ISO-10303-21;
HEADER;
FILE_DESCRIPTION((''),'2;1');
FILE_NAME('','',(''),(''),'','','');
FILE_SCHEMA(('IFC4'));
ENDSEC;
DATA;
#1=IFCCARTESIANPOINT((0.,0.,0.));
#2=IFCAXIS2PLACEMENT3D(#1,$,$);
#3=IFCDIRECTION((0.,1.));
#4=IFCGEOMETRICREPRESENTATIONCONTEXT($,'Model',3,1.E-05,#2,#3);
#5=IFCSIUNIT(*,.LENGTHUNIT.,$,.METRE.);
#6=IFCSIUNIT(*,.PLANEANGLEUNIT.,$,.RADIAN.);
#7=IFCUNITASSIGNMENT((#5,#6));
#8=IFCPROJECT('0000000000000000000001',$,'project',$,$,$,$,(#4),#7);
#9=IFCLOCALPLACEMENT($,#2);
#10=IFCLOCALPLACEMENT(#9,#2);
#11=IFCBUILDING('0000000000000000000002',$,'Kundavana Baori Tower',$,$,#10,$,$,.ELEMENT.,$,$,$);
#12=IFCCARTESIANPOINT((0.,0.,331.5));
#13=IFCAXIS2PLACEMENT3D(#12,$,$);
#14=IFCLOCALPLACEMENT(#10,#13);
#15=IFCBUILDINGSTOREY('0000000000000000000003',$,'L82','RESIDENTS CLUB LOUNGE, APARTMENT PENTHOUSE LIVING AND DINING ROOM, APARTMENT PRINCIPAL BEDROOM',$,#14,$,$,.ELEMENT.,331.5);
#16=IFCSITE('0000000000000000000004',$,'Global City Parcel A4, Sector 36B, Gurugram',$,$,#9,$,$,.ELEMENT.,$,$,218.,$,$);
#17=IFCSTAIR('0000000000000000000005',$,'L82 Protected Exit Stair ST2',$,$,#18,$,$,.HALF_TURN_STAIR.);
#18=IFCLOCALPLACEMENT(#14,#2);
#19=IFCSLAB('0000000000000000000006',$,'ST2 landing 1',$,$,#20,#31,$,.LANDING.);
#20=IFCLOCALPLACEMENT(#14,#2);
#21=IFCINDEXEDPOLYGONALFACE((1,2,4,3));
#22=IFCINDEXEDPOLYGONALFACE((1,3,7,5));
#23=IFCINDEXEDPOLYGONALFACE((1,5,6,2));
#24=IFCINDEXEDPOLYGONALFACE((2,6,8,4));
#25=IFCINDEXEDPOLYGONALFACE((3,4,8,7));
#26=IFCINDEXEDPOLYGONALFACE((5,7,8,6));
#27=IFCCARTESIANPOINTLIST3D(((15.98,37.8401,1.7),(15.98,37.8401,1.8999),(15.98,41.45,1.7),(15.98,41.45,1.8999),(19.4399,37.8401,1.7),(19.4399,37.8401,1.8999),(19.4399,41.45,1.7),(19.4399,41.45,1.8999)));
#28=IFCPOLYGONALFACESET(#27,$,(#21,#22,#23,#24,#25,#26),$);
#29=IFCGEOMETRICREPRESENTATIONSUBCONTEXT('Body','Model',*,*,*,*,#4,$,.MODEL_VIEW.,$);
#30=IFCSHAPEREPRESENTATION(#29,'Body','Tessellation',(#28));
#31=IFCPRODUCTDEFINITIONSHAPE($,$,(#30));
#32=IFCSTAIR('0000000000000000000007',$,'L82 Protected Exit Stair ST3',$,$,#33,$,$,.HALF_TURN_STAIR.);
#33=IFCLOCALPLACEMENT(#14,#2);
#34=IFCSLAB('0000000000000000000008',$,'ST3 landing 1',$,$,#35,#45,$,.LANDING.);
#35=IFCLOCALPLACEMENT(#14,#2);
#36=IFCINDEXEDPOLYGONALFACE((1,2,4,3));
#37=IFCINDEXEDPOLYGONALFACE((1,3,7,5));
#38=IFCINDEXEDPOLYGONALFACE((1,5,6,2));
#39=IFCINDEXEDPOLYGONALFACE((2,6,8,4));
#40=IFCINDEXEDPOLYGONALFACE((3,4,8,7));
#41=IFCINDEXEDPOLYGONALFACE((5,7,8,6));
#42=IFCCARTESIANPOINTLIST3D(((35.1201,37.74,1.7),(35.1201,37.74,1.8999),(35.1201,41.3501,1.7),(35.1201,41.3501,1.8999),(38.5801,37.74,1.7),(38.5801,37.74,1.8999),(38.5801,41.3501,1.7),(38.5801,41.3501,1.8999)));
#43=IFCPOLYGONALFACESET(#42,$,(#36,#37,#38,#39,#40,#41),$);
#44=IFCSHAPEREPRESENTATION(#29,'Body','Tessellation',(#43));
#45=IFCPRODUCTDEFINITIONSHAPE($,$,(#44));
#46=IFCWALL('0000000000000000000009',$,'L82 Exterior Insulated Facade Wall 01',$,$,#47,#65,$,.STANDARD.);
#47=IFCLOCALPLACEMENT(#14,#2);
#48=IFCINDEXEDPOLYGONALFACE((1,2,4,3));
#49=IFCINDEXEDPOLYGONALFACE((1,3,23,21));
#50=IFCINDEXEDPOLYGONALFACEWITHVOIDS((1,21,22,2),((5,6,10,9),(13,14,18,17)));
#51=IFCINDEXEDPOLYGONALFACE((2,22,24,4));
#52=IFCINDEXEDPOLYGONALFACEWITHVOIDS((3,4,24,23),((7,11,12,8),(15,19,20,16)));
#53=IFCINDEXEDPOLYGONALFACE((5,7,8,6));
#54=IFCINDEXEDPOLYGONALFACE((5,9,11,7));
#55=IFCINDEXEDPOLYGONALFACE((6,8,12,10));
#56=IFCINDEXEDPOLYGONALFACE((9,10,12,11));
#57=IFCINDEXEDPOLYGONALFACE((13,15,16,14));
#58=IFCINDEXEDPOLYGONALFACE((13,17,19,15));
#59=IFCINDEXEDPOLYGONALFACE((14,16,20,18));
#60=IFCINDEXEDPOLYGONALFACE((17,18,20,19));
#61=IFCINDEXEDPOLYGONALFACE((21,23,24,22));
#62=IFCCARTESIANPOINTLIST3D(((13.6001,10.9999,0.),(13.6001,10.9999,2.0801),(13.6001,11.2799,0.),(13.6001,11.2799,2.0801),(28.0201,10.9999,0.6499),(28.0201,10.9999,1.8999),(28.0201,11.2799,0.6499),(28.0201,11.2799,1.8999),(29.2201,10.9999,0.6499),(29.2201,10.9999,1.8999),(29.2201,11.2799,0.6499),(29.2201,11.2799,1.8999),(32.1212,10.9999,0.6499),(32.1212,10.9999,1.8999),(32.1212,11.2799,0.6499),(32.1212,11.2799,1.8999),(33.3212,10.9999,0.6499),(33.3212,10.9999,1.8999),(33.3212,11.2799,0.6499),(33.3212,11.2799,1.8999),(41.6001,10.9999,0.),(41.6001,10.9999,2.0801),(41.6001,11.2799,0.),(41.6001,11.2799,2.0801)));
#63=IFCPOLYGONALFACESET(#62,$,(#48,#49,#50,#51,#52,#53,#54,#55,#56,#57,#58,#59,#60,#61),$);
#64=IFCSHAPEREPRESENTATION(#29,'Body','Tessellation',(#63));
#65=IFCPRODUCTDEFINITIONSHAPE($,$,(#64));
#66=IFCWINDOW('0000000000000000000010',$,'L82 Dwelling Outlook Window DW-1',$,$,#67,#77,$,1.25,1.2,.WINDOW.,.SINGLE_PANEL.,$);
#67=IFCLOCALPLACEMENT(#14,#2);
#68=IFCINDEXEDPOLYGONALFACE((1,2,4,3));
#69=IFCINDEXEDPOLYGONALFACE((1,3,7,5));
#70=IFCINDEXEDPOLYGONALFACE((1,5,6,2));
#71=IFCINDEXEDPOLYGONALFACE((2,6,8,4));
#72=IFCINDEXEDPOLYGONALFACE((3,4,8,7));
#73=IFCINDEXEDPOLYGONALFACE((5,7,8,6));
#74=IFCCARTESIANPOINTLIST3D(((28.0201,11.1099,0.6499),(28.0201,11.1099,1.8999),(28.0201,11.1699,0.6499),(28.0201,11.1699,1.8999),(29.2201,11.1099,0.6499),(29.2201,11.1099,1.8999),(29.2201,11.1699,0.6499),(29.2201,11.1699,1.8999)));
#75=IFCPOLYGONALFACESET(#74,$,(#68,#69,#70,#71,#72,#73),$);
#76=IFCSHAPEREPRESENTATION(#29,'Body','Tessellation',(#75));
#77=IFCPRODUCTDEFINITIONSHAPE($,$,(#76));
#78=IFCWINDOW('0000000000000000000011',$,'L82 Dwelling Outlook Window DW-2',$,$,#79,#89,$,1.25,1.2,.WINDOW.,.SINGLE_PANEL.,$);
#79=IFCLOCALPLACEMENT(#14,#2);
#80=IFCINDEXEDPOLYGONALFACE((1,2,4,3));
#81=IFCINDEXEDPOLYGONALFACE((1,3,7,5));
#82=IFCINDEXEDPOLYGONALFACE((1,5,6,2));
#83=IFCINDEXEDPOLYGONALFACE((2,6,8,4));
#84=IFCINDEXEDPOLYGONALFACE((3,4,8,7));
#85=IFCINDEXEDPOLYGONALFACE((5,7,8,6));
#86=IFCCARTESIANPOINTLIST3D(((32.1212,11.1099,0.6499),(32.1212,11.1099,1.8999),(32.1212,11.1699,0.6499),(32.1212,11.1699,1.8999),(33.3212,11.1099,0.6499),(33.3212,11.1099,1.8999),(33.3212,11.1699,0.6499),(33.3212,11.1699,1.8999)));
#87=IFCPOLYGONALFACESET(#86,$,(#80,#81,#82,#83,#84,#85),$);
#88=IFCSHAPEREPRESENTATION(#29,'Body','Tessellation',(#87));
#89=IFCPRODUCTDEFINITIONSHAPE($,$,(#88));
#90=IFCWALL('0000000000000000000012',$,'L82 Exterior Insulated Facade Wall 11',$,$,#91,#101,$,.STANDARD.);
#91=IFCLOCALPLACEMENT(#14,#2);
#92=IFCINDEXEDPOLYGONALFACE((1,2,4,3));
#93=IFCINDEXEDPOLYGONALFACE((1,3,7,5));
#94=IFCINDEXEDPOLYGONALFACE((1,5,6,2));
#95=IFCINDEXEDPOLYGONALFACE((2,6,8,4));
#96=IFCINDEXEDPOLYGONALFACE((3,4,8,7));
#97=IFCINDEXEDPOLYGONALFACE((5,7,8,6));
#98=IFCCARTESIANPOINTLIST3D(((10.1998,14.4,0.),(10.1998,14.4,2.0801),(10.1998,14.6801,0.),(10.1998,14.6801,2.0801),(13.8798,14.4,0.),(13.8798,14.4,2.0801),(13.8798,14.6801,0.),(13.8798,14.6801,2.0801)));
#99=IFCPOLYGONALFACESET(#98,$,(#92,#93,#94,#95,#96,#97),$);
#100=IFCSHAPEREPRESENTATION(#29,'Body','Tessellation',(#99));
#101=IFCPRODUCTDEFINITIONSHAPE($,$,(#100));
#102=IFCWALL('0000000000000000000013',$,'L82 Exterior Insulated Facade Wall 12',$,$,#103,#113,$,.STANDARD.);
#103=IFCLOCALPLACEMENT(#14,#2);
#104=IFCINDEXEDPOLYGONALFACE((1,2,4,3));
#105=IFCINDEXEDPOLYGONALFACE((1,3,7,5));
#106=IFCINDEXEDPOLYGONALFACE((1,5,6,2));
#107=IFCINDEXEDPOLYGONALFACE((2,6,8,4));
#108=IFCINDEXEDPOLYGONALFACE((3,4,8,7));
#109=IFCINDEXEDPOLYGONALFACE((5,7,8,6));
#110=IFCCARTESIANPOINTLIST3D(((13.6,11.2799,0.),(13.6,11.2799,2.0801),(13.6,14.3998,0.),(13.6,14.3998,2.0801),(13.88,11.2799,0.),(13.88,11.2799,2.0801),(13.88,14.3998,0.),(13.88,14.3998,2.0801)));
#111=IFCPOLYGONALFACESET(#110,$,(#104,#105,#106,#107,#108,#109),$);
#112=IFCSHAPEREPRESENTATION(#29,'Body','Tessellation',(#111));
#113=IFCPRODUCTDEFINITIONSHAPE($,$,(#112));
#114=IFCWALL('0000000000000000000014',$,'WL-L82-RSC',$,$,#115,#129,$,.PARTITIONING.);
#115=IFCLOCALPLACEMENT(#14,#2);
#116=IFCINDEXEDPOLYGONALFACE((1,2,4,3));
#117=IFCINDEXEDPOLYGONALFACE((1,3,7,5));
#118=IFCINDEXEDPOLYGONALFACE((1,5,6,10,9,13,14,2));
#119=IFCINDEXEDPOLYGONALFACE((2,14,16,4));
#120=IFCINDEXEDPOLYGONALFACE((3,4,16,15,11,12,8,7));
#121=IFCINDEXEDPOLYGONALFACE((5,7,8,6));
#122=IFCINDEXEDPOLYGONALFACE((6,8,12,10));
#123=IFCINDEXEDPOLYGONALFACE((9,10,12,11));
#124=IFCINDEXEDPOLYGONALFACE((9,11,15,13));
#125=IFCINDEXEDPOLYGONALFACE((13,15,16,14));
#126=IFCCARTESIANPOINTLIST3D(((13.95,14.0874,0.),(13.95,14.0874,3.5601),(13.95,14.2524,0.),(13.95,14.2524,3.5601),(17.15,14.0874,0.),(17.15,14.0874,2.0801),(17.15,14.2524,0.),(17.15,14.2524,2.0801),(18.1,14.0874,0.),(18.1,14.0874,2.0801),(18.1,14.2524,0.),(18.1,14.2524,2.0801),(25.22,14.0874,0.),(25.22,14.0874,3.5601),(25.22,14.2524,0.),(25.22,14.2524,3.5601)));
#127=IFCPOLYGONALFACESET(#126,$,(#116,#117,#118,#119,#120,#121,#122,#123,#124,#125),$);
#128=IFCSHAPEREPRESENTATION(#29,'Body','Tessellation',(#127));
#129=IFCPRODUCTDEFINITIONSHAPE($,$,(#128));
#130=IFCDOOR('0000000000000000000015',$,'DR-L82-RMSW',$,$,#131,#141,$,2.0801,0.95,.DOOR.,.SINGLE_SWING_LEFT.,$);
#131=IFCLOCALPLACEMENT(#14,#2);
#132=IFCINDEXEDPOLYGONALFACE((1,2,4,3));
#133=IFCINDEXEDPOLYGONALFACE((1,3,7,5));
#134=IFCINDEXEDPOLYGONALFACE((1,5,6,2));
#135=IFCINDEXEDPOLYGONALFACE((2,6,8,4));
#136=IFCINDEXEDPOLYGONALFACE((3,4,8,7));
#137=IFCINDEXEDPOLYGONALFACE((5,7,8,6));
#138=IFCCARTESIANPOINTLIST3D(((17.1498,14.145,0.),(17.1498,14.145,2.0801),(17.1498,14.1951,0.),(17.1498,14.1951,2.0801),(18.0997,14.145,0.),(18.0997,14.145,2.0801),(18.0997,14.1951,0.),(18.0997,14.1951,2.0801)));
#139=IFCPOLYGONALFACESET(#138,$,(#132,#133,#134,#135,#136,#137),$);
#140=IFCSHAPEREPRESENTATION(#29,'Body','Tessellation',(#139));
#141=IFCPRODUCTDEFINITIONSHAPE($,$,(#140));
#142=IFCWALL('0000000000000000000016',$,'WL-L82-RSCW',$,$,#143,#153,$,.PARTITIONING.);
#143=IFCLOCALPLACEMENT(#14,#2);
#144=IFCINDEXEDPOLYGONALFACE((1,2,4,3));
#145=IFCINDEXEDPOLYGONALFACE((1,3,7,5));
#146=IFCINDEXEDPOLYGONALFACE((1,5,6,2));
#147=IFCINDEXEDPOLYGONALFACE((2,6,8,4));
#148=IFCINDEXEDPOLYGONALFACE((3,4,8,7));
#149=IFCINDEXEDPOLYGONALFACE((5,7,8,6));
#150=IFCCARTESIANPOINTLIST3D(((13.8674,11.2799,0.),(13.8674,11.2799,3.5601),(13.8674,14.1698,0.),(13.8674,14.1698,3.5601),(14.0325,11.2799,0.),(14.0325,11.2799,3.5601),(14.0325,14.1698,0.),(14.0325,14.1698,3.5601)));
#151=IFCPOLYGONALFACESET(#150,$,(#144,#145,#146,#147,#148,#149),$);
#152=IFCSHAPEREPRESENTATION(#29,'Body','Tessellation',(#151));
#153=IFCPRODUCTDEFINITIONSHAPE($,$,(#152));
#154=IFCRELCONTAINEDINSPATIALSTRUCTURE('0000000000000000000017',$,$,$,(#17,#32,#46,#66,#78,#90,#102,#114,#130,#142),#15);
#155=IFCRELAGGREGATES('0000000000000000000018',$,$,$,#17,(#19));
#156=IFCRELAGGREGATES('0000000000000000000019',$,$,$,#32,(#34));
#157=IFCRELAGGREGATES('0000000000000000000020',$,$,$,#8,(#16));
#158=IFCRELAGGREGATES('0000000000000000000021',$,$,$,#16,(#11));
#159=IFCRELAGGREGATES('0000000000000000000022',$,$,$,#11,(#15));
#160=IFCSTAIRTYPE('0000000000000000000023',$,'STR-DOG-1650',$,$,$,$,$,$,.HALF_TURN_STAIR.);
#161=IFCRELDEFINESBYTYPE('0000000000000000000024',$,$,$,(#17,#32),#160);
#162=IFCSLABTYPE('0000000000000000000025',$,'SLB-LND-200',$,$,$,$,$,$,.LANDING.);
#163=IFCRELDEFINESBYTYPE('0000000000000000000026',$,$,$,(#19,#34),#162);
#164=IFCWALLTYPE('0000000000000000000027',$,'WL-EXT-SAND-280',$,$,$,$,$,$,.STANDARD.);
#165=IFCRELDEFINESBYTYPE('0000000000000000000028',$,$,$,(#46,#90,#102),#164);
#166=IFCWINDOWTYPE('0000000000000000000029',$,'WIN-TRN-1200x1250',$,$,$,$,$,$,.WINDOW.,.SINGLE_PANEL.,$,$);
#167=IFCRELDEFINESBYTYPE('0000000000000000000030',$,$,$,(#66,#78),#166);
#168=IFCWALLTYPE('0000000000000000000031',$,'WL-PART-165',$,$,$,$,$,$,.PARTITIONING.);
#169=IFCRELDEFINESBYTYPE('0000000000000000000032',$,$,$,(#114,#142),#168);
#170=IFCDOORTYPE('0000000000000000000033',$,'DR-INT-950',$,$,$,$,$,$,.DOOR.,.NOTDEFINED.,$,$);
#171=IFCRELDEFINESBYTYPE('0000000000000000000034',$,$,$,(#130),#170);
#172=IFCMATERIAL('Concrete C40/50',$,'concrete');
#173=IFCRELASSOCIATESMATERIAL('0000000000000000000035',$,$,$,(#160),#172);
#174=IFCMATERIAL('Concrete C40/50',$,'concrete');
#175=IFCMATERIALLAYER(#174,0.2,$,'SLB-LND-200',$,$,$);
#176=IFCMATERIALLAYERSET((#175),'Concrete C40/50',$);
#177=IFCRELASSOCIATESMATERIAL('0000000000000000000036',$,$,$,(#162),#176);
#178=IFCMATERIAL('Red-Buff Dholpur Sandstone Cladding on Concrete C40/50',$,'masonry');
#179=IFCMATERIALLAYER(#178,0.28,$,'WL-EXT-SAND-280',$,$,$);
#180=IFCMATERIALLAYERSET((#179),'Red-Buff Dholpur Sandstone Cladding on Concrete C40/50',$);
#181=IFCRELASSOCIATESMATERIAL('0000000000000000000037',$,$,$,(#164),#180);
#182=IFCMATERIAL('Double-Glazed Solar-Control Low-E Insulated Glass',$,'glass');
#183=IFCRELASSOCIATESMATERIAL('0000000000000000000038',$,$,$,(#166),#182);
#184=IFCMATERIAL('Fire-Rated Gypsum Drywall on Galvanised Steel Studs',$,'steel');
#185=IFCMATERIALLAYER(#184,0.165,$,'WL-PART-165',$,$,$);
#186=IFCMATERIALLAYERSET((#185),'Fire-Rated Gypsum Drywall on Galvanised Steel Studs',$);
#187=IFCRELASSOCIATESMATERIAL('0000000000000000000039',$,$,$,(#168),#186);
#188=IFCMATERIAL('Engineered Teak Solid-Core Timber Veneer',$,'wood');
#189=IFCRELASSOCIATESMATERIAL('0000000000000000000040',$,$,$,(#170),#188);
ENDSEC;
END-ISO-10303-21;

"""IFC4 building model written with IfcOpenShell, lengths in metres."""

from ifc_helpers import new_model, si_unit, direction, frame, frame_2d, origin, place, context, subcontext, project, spatial, polyline, rectangle, outline, extrude, material, layer, layer_set, type_object, element, fill, aggregate, save


model = new_model("IFC4")

# Units and contexts
model_context = context("Model", 3, precision=1e-05, world=origin(), true_north=direction((0.0, 1.0)))
body_context = subcontext(model_context, "Body", "Model", "MODEL_VIEW")
ifc_project = project(units=[si_unit("LENGTHUNIT", "METRE"), si_unit("PLANEANGLEUNIT", "RADIAN")], contexts=[model_context])

# Site, building, storey
site_placement = place(None, origin())
site = spatial("IfcSite", under=ifc_project, at=site_placement, Name="Global City Parcel A4, Sector 36B, Gurugram", CompositionType="ELEMENT", RefElevation=218.0)
building_placement = place(site_placement, origin())
building = spatial("IfcBuilding", under=site, at=building_placement, Name="Kundavana Baori Tower", CompositionType="ELEMENT")
storey_placement = place(building_placement, frame((0.0, 0.0, 331.5)))
storey = spatial("IfcBuildingStorey", under=building, at=storey_placement, Name="L82", Description="RESIDENTS CLUB LOUNGE, APARTMENT PENTHOUSE LIVING AND DINING ROOM, APARTMENT PRINCIPAL BEDROOM", CompositionType="ELEMENT", Elevation=331.5)

# Stairs, slabs
ifc_material_1 = material(Name="Concrete C40/50", Category="concrete")
stair_type = type_object("IfcStairType", Name="STR-DOG-1650", PredefinedType="HALF_TURN_STAIR", material=ifc_material_1)
ifc_material_2 = material(Name="Concrete C40/50", Category="concrete")
ifc_layer_1 = layer(ifc_material_2, 0.2, Name="SLB-LND-200")
ifc_layer_set_1 = layer_set([ifc_layer_1], Name="Concrete C40/50")
slab_type_1 = type_object("IfcSlabType", Name="SLB-LND-200", PredefinedType="LANDING", material=ifc_layer_set_1)
stair_1_placement = place(storey_placement, origin())
stair_1 = element("IfcStair", 1, at=stair_1_placement, inside=storey, type_object=stair_type, Name="L82 Protected Exit Stair ST2", PredefinedType="HALF_TURN_STAIR")
slab_1_placement = place(storey_placement, frame((0.0, 0.0, 1.7)))
slab_1 = element("IfcSlab", 2, at=slab_1_placement, type_object=slab_type_1, Name="ST2 landing 1", PredefinedType="LANDING", context=body_context, shape_type="SweptSolid", body=[
    extrude(outline(polyline([(19.4399, 37.8401), (19.4399, 41.45), (15.98, 41.45), (15.98, 37.8401), (19.4399, 37.8401)])), origin(), (0.0, 0.0, 1.0), 0.2),
])
aggregate(stair_1, [slab_1])
stair_2_placement = place(storey_placement, origin())
stair_2 = element("IfcStair", 3, at=stair_2_placement, inside=storey, type_object=stair_type, Name="L82 Protected Exit Stair ST3", PredefinedType="HALF_TURN_STAIR")
slab_2_placement = place(storey_placement, frame((0.0, 0.0, 1.7)))
slab_2 = element("IfcSlab", 4, at=slab_2_placement, type_object=slab_type_1, Name="ST3 landing 1", PredefinedType="LANDING", context=body_context, shape_type="SweptSolid", body=[
    extrude(outline(polyline([(38.5801, 37.74), (38.5801, 41.3501), (35.1201, 41.3501), (35.1201, 37.74), (38.5801, 37.74)])), origin(), (0.0, 0.0, 1.0), 0.2),
])
aggregate(stair_2, [slab_2])

# Wall, openings, windows
ifc_material_3 = material(Name="Red-Buff Dholpur Sandstone Cladding on Concrete C40/50", Category="masonry")
ifc_layer_2 = layer(ifc_material_3, 0.28, Name="WL-EXT-SAND-280")
ifc_layer_set_2 = layer_set([ifc_layer_2], Name="Red-Buff Dholpur Sandstone Cladding on Concrete C40/50")
wall_type_1 = type_object("IfcWallType", Name="WL-EXT-SAND-280", PredefinedType="STANDARD", material=ifc_layer_set_2)
wall_1_placement = place(storey_placement, frame((13.6001, 11.1399, 0.0), z_axis=(0.0, 0.0, 1.0), x_axis=(1.0, 0.0, 0.0)))
wall_1 = element("IfcWall", 5, at=wall_1_placement, inside=storey, type_object=wall_type_1, Name="L82 Exterior Insulated Facade Wall 01", PredefinedType="STANDARD", context=body_context, shape_type="SweptSolid", body=[
    extrude(rectangle(XDim=28.0, YDim=0.28, at=frame_2d((14.0, 0.0))), origin(), (0.0, 0.0, 1.0), 2.0801),
])
opening_1_placement = place(wall_1_placement, frame((14.4199, 0.0, 0.6499)))
opening_1 = element("IfcOpeningElement", 6, at=opening_1_placement, cuts=wall_1, PredefinedType="OPENING", context=body_context, shape_type="SweptSolid", body=[
    extrude(rectangle(XDim=1.2, YDim=1.25, at=frame_2d((0.6001, 0.625))), frame((0.0, 0.1499, 0.0), z_axis=(0.0, -1.0, 0.0), x_axis=(1.0, 0.0, 0.0)), (0.0, 0.0, 1.0), 0.3),
])
opening_2_placement = place(wall_1_placement, frame((18.521, 0.0, 0.6499)))
opening_2 = element("IfcOpeningElement", 7, at=opening_2_placement, cuts=wall_1, PredefinedType="OPENING", context=body_context, shape_type="SweptSolid", body=[
    extrude(rectangle(XDim=1.2, YDim=1.25, at=frame_2d((0.6001, 0.625))), frame((0.0, 0.1499, 0.0), z_axis=(0.0, -1.0, 0.0), x_axis=(1.0, 0.0, 0.0)), (0.0, 0.0, 1.0), 0.3),
])
ifc_material_4 = material(Name="Double-Glazed Solar-Control Low-E Insulated Glass", Category="glass")
window_type = type_object("IfcWindowType", Name="WIN-TRN-1200x1250", PartitioningType="SINGLE_PANEL", PredefinedType="WINDOW", material=ifc_material_4)
window_1_placement = place(opening_1_placement, origin())
window_1 = element("IfcWindow", 8, at=window_1_placement, inside=storey, type_object=window_type, Name="L82 Dwelling Outlook Window DW-1", OverallHeight=1.25, OverallWidth=1.2, PartitioningType="SINGLE_PANEL", PredefinedType="WINDOW", context=body_context, shape_type="SweptSolid", body=[
    extrude(rectangle(XDim=1.2, YDim=1.25, at=frame_2d((0.6001, 0.625))), frame((0.0, 0.03, 0.0), z_axis=(0.0, -1.0, 0.0), x_axis=(1.0, 0.0, 0.0)), (0.0, 0.0, 1.0), 0.0601),
])
fill(opening_1, window_1)
window_2_placement = place(opening_2_placement, origin())
window_2 = element("IfcWindow", 9, at=window_2_placement, inside=storey, type_object=window_type, Name="L82 Dwelling Outlook Window DW-2", OverallHeight=1.25, OverallWidth=1.2, PartitioningType="SINGLE_PANEL", PredefinedType="WINDOW", context=body_context, shape_type="SweptSolid", body=[
    extrude(rectangle(XDim=1.2, YDim=1.25, at=frame_2d((0.6001, 0.625))), frame((0.0, 0.03, 0.0), z_axis=(0.0, -1.0, 0.0), x_axis=(1.0, 0.0, 0.0)), (0.0, 0.0, 1.0), 0.0601),
])
fill(opening_2, window_2)

# Walls
wall_2_placement = place(storey_placement, frame((10.2, 14.54, 0.0), z_axis=(0.0, 0.0, 1.0), x_axis=(1.0, 0.0, 0.0)))
element("IfcWall", 10, at=wall_2_placement, inside=storey, type_object=wall_type_1, Name="L82 Exterior Insulated Facade Wall 11", PredefinedType="STANDARD", context=body_context, shape_type="SweptSolid", body=[
    extrude(rectangle(XDim=3.6799, YDim=0.28, at=frame_2d((1.8398, 0.0))), origin(), (0.0, 0.0, 1.0), 2.0801),
])
wall_3_placement = place(storey_placement, frame((13.74, 14.3999, 0.0), z_axis=(0.0, 0.0, 1.0), x_axis=(0.0, -1.0, 0.0)))
element("IfcWall", 11, at=wall_3_placement, inside=storey, type_object=wall_type_1, Name="L82 Exterior Insulated Facade Wall 12", PredefinedType="STANDARD", context=body_context, shape_type="SweptSolid", body=[
    extrude(rectangle(XDim=3.1199, YDim=0.28, at=frame_2d((1.5601, 0.0))), origin(), (0.0, 0.0, 1.0), 2.0801),
])

# Wall, opening, door
ifc_material_5 = material(Name="Fire-Rated Gypsum Drywall on Galvanised Steel Studs", Category="steel")
ifc_layer_3 = layer(ifc_material_5, 0.165, Name="WL-PART-165")
ifc_layer_set_3 = layer_set([ifc_layer_3], Name="Fire-Rated Gypsum Drywall on Galvanised Steel Studs")
wall_type_2 = type_object("IfcWallType", Name="WL-PART-165", PredefinedType="PARTITIONING", material=ifc_layer_set_3)
wall_4_placement = place(storey_placement, frame((13.95, 14.1699, 0.0), z_axis=(0.0, 0.0, 1.0), x_axis=(1.0, 0.0, 0.0)))
wall_4 = element("IfcWall", 12, at=wall_4_placement, inside=storey, type_object=wall_type_2, Name="WL-L82-RSC", PredefinedType="PARTITIONING", context=body_context, shape_type="SweptSolid", body=[
    extrude(rectangle(XDim=11.27, YDim=0.165, at=frame_2d((5.635, 0.0))), origin(), (0.0, 0.0, 1.0), 3.5601),
])
opening_3_placement = place(wall_4_placement, frame((3.2, 0.0, 0.0)))
opening_3 = element("IfcOpeningElement", 13, at=opening_3_placement, cuts=wall_4, PredefinedType="OPENING", context=body_context, shape_type="SweptSolid", body=[
    extrude(rectangle(XDim=0.95, YDim=2.0801, at=frame_2d((0.4751, 1.04))), frame((0.0, 0.0925, 0.0), z_axis=(0.0, -1.0, 0.0), x_axis=(1.0, 0.0, 0.0)), (0.0, 0.0, 1.0), 0.1851),
])
ifc_material_6 = material(Name="Engineered Teak Solid-Core Timber Veneer", Category="wood")
door_type = type_object("IfcDoorType", Name="DR-INT-950", OperationType="NOTDEFINED", PredefinedType="DOOR", material=ifc_material_6)
door_1_placement = place(opening_3_placement, frame((0.95, 0.0, 0.0), z_axis=(0.0, 0.0, 1.0), x_axis=(-1.0, 0.0, 0.0)))
door_1 = element("IfcDoor", 14, at=door_1_placement, inside=storey, type_object=door_type, Name="DR-L82-RMSW", OperationType="SINGLE_SWING_LEFT", OverallHeight=2.0801, OverallWidth=0.95, PredefinedType="DOOR", context=body_context, shape_type="SweptSolid", body=[
    extrude(rectangle(XDim=0.95, YDim=2.0801, at=frame_2d((0.4751, 1.04))), frame((0.0, 0.0249, 0.0), z_axis=(0.0, -1.0, 0.0), x_axis=(1.0, 0.0, 0.0)), (0.0, 0.0, 1.0), 0.05),
])
fill(opening_3, door_1)

# Wall
wall_5_placement = place(storey_placement, frame((13.95, 11.28, 0.0), z_axis=(0.0, 0.0, 1.0), x_axis=(0.0, 1.0, 0.0)))
element("IfcWall", 15, at=wall_5_placement, inside=storey, type_object=wall_type_2, Name="WL-L82-RSCW", PredefinedType="PARTITIONING", context=body_context, shape_type="SweptSolid", body=[
    extrude(rectangle(XDim=2.8899, YDim=0.165, at=frame_2d((1.4448, 0.0))), origin(), (0.0, 0.0, 1.0), 3.5601),
])

save(model, "model.ifc")
